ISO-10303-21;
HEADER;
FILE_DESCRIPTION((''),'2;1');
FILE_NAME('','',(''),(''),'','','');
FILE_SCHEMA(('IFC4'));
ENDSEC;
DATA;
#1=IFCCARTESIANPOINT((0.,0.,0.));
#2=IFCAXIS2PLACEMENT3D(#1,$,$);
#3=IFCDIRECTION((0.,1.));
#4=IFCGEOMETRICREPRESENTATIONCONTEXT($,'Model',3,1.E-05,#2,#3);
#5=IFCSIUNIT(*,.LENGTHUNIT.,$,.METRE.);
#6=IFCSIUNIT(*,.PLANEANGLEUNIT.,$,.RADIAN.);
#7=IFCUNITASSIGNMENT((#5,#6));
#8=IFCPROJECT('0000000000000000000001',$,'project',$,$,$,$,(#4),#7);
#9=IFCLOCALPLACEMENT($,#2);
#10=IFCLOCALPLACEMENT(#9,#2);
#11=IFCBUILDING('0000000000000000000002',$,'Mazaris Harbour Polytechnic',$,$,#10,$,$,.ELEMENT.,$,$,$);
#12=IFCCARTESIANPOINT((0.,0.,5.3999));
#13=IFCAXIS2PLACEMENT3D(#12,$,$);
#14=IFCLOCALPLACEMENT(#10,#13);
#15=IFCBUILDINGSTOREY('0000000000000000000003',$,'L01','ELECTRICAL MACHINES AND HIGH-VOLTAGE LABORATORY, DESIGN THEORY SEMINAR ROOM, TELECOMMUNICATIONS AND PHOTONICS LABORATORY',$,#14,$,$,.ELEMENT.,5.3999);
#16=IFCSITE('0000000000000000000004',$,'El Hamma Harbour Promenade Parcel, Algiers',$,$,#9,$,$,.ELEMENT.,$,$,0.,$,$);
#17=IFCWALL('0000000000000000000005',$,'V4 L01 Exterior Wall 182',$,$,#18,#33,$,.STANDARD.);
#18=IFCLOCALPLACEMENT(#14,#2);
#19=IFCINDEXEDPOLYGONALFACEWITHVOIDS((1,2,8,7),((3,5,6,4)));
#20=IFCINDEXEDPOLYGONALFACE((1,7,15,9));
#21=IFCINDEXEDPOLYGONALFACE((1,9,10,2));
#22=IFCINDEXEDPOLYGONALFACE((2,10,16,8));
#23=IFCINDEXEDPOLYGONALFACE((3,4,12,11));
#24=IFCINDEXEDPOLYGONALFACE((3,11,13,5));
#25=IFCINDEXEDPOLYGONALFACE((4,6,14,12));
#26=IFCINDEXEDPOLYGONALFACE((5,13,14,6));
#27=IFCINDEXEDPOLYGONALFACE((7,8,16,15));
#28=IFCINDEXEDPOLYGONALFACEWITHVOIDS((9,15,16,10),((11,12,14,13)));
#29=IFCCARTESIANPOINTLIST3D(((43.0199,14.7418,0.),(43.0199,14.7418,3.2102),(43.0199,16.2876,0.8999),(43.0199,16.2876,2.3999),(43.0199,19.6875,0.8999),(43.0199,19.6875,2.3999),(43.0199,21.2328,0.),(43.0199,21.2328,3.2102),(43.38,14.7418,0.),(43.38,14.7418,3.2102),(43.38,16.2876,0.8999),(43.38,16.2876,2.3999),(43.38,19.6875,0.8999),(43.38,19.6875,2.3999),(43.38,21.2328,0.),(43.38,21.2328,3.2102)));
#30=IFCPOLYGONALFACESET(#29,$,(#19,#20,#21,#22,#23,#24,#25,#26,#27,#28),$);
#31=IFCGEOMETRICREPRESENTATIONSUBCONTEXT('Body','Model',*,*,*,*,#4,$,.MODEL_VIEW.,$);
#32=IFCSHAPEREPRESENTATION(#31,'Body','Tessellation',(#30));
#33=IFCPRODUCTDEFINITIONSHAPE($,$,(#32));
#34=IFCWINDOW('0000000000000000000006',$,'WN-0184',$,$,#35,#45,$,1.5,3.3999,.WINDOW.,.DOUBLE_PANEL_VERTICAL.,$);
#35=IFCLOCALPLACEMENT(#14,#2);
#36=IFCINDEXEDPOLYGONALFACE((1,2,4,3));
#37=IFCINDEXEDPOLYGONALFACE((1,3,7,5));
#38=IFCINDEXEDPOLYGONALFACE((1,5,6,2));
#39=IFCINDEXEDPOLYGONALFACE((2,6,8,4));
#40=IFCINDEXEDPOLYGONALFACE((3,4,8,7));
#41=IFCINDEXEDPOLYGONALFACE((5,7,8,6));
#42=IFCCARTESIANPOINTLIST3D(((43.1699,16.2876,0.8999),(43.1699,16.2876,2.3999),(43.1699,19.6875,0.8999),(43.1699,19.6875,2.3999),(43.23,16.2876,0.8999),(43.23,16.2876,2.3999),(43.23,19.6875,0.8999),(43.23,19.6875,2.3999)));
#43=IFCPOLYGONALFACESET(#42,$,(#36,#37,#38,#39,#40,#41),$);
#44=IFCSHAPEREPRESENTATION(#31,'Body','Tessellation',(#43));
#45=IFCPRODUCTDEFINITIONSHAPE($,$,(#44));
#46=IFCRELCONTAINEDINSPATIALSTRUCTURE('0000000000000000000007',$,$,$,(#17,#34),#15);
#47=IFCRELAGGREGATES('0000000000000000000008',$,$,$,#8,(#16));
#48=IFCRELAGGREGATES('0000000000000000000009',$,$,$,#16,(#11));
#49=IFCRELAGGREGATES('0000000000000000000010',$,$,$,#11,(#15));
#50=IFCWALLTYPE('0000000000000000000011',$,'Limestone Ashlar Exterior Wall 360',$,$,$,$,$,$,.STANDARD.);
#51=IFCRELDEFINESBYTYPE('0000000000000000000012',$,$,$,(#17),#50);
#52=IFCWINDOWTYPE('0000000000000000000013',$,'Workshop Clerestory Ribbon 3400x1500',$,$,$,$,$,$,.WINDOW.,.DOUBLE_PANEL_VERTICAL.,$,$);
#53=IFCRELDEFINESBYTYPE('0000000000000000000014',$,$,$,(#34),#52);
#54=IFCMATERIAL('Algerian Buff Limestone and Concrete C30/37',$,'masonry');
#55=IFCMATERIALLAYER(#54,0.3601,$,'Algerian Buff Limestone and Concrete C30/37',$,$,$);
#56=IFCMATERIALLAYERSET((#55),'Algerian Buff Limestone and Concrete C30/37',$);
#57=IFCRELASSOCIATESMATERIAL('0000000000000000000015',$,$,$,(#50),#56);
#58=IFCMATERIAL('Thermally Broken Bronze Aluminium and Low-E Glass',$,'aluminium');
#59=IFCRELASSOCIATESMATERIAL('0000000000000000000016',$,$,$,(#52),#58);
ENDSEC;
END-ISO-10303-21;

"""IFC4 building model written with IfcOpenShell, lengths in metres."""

from ifc_helpers import new_model, si_unit, direction, frame, frame_2d, origin, place, context, subcontext, project, spatial, rectangle, extrude, material, layer, layer_set, type_object, element, fill, save


model = new_model("IFC4")

# Units and contexts
model_context = context("Model", 3, precision=1e-05, world=origin(), true_north=direction((0.0, 1.0)))
body_context = subcontext(model_context, "Body", "Model", "MODEL_VIEW")
ifc_project = project(units=[si_unit("LENGTHUNIT", "METRE"), si_unit("PLANEANGLEUNIT", "RADIAN")], contexts=[model_context])

# Site, building, storey
site_placement = place(None, origin())
site = spatial("IfcSite", under=ifc_project, at=site_placement, Name="El Hamma Harbour Promenade Parcel, Algiers", CompositionType="ELEMENT", RefElevation=0.0)
building_placement = place(site_placement, origin())
building = spatial("IfcBuilding", under=site, at=building_placement, Name="Mazaris Harbour Polytechnic", CompositionType="ELEMENT")
storey_placement = place(building_placement, frame((0.0, 0.0, 5.3999)))
storey = spatial("IfcBuildingStorey", under=building, at=storey_placement, Name="L01", Description="ELECTRICAL MACHINES AND HIGH-VOLTAGE LABORATORY, DESIGN THEORY SEMINAR ROOM, TELECOMMUNICATIONS AND PHOTONICS LABORATORY", CompositionType="ELEMENT", Elevation=5.3999)

# Wall, opening, window
ifc_material_1 = material(Name="Algerian Buff Limestone and Concrete C30/37", Category="masonry")
ifc_layer_1 = layer(ifc_material_1, 0.3601, Name="Algerian Buff Limestone and Concrete C30/37")
ifc_layer_set_1 = layer_set([ifc_layer_1], Name="Algerian Buff Limestone and Concrete C30/37")
wall_type = type_object("IfcWallType", Name="Limestone Ashlar Exterior Wall 360", PredefinedType="STANDARD", material=ifc_layer_set_1)
wall_placement = place(storey_placement, frame((43.2, 21.2329, 0.0), z_axis=(0.0, 0.0, 1.0), x_axis=(0.0, -1.0, 0.0)))
wall = element("IfcWall", 1, at=wall_placement, inside=storey, type_object=wall_type, Name="V4 L01 Exterior Wall 182", PredefinedType="STANDARD", context=body_context, shape_type="SweptSolid", body=[
    extrude(rectangle(XDim=6.491, YDim=0.3601, at=frame_2d((3.2456, 0.0))), origin(), (0.0, 0.0, 1.0), 3.2102),
])
opening_placement = place(wall_placement, frame((1.5454, 0.0, 0.8999)))
opening = element("IfcOpeningElement", 2, at=opening_placement, cuts=wall, PredefinedType="OPENING", context=body_context, shape_type="SweptSolid", body=[
    extrude(rectangle(XDim=3.3999, YDim=1.5, at=frame_2d((1.7, 0.75))), frame((0.0, 0.1899, 0.0), z_axis=(0.0, -1.0, 0.0), x_axis=(1.0, 0.0, 0.0)), (0.0, 0.0, 1.0), 0.3801),
])
ifc_material_2 = material(Name="Thermally Broken Bronze Aluminium and Low-E Glass", Category="aluminium")
window_type = type_object("IfcWindowType", Name="Workshop Clerestory Ribbon 3400x1500", PartitioningType="DOUBLE_PANEL_VERTICAL", PredefinedType="WINDOW", material=ifc_material_2)
window_placement = place(opening_placement, origin())
window = element("IfcWindow", 3, at=window_placement, inside=storey, type_object=window_type, Name="WN-0184", OverallHeight=1.5, OverallWidth=3.3999, PartitioningType="DOUBLE_PANEL_VERTICAL", PredefinedType="WINDOW", context=body_context, shape_type="SweptSolid", body=[
    extrude(rectangle(XDim=3.3999, YDim=1.5, at=frame_2d((1.7, 0.75))), frame((0.0, 0.03, 0.0), z_axis=(0.0, -1.0, 0.0), x_axis=(1.0, 0.0, 0.0)), (0.0, 0.0, 1.0), 0.0601),
])
fill(opening, window)

save(model, "model.ifc")
